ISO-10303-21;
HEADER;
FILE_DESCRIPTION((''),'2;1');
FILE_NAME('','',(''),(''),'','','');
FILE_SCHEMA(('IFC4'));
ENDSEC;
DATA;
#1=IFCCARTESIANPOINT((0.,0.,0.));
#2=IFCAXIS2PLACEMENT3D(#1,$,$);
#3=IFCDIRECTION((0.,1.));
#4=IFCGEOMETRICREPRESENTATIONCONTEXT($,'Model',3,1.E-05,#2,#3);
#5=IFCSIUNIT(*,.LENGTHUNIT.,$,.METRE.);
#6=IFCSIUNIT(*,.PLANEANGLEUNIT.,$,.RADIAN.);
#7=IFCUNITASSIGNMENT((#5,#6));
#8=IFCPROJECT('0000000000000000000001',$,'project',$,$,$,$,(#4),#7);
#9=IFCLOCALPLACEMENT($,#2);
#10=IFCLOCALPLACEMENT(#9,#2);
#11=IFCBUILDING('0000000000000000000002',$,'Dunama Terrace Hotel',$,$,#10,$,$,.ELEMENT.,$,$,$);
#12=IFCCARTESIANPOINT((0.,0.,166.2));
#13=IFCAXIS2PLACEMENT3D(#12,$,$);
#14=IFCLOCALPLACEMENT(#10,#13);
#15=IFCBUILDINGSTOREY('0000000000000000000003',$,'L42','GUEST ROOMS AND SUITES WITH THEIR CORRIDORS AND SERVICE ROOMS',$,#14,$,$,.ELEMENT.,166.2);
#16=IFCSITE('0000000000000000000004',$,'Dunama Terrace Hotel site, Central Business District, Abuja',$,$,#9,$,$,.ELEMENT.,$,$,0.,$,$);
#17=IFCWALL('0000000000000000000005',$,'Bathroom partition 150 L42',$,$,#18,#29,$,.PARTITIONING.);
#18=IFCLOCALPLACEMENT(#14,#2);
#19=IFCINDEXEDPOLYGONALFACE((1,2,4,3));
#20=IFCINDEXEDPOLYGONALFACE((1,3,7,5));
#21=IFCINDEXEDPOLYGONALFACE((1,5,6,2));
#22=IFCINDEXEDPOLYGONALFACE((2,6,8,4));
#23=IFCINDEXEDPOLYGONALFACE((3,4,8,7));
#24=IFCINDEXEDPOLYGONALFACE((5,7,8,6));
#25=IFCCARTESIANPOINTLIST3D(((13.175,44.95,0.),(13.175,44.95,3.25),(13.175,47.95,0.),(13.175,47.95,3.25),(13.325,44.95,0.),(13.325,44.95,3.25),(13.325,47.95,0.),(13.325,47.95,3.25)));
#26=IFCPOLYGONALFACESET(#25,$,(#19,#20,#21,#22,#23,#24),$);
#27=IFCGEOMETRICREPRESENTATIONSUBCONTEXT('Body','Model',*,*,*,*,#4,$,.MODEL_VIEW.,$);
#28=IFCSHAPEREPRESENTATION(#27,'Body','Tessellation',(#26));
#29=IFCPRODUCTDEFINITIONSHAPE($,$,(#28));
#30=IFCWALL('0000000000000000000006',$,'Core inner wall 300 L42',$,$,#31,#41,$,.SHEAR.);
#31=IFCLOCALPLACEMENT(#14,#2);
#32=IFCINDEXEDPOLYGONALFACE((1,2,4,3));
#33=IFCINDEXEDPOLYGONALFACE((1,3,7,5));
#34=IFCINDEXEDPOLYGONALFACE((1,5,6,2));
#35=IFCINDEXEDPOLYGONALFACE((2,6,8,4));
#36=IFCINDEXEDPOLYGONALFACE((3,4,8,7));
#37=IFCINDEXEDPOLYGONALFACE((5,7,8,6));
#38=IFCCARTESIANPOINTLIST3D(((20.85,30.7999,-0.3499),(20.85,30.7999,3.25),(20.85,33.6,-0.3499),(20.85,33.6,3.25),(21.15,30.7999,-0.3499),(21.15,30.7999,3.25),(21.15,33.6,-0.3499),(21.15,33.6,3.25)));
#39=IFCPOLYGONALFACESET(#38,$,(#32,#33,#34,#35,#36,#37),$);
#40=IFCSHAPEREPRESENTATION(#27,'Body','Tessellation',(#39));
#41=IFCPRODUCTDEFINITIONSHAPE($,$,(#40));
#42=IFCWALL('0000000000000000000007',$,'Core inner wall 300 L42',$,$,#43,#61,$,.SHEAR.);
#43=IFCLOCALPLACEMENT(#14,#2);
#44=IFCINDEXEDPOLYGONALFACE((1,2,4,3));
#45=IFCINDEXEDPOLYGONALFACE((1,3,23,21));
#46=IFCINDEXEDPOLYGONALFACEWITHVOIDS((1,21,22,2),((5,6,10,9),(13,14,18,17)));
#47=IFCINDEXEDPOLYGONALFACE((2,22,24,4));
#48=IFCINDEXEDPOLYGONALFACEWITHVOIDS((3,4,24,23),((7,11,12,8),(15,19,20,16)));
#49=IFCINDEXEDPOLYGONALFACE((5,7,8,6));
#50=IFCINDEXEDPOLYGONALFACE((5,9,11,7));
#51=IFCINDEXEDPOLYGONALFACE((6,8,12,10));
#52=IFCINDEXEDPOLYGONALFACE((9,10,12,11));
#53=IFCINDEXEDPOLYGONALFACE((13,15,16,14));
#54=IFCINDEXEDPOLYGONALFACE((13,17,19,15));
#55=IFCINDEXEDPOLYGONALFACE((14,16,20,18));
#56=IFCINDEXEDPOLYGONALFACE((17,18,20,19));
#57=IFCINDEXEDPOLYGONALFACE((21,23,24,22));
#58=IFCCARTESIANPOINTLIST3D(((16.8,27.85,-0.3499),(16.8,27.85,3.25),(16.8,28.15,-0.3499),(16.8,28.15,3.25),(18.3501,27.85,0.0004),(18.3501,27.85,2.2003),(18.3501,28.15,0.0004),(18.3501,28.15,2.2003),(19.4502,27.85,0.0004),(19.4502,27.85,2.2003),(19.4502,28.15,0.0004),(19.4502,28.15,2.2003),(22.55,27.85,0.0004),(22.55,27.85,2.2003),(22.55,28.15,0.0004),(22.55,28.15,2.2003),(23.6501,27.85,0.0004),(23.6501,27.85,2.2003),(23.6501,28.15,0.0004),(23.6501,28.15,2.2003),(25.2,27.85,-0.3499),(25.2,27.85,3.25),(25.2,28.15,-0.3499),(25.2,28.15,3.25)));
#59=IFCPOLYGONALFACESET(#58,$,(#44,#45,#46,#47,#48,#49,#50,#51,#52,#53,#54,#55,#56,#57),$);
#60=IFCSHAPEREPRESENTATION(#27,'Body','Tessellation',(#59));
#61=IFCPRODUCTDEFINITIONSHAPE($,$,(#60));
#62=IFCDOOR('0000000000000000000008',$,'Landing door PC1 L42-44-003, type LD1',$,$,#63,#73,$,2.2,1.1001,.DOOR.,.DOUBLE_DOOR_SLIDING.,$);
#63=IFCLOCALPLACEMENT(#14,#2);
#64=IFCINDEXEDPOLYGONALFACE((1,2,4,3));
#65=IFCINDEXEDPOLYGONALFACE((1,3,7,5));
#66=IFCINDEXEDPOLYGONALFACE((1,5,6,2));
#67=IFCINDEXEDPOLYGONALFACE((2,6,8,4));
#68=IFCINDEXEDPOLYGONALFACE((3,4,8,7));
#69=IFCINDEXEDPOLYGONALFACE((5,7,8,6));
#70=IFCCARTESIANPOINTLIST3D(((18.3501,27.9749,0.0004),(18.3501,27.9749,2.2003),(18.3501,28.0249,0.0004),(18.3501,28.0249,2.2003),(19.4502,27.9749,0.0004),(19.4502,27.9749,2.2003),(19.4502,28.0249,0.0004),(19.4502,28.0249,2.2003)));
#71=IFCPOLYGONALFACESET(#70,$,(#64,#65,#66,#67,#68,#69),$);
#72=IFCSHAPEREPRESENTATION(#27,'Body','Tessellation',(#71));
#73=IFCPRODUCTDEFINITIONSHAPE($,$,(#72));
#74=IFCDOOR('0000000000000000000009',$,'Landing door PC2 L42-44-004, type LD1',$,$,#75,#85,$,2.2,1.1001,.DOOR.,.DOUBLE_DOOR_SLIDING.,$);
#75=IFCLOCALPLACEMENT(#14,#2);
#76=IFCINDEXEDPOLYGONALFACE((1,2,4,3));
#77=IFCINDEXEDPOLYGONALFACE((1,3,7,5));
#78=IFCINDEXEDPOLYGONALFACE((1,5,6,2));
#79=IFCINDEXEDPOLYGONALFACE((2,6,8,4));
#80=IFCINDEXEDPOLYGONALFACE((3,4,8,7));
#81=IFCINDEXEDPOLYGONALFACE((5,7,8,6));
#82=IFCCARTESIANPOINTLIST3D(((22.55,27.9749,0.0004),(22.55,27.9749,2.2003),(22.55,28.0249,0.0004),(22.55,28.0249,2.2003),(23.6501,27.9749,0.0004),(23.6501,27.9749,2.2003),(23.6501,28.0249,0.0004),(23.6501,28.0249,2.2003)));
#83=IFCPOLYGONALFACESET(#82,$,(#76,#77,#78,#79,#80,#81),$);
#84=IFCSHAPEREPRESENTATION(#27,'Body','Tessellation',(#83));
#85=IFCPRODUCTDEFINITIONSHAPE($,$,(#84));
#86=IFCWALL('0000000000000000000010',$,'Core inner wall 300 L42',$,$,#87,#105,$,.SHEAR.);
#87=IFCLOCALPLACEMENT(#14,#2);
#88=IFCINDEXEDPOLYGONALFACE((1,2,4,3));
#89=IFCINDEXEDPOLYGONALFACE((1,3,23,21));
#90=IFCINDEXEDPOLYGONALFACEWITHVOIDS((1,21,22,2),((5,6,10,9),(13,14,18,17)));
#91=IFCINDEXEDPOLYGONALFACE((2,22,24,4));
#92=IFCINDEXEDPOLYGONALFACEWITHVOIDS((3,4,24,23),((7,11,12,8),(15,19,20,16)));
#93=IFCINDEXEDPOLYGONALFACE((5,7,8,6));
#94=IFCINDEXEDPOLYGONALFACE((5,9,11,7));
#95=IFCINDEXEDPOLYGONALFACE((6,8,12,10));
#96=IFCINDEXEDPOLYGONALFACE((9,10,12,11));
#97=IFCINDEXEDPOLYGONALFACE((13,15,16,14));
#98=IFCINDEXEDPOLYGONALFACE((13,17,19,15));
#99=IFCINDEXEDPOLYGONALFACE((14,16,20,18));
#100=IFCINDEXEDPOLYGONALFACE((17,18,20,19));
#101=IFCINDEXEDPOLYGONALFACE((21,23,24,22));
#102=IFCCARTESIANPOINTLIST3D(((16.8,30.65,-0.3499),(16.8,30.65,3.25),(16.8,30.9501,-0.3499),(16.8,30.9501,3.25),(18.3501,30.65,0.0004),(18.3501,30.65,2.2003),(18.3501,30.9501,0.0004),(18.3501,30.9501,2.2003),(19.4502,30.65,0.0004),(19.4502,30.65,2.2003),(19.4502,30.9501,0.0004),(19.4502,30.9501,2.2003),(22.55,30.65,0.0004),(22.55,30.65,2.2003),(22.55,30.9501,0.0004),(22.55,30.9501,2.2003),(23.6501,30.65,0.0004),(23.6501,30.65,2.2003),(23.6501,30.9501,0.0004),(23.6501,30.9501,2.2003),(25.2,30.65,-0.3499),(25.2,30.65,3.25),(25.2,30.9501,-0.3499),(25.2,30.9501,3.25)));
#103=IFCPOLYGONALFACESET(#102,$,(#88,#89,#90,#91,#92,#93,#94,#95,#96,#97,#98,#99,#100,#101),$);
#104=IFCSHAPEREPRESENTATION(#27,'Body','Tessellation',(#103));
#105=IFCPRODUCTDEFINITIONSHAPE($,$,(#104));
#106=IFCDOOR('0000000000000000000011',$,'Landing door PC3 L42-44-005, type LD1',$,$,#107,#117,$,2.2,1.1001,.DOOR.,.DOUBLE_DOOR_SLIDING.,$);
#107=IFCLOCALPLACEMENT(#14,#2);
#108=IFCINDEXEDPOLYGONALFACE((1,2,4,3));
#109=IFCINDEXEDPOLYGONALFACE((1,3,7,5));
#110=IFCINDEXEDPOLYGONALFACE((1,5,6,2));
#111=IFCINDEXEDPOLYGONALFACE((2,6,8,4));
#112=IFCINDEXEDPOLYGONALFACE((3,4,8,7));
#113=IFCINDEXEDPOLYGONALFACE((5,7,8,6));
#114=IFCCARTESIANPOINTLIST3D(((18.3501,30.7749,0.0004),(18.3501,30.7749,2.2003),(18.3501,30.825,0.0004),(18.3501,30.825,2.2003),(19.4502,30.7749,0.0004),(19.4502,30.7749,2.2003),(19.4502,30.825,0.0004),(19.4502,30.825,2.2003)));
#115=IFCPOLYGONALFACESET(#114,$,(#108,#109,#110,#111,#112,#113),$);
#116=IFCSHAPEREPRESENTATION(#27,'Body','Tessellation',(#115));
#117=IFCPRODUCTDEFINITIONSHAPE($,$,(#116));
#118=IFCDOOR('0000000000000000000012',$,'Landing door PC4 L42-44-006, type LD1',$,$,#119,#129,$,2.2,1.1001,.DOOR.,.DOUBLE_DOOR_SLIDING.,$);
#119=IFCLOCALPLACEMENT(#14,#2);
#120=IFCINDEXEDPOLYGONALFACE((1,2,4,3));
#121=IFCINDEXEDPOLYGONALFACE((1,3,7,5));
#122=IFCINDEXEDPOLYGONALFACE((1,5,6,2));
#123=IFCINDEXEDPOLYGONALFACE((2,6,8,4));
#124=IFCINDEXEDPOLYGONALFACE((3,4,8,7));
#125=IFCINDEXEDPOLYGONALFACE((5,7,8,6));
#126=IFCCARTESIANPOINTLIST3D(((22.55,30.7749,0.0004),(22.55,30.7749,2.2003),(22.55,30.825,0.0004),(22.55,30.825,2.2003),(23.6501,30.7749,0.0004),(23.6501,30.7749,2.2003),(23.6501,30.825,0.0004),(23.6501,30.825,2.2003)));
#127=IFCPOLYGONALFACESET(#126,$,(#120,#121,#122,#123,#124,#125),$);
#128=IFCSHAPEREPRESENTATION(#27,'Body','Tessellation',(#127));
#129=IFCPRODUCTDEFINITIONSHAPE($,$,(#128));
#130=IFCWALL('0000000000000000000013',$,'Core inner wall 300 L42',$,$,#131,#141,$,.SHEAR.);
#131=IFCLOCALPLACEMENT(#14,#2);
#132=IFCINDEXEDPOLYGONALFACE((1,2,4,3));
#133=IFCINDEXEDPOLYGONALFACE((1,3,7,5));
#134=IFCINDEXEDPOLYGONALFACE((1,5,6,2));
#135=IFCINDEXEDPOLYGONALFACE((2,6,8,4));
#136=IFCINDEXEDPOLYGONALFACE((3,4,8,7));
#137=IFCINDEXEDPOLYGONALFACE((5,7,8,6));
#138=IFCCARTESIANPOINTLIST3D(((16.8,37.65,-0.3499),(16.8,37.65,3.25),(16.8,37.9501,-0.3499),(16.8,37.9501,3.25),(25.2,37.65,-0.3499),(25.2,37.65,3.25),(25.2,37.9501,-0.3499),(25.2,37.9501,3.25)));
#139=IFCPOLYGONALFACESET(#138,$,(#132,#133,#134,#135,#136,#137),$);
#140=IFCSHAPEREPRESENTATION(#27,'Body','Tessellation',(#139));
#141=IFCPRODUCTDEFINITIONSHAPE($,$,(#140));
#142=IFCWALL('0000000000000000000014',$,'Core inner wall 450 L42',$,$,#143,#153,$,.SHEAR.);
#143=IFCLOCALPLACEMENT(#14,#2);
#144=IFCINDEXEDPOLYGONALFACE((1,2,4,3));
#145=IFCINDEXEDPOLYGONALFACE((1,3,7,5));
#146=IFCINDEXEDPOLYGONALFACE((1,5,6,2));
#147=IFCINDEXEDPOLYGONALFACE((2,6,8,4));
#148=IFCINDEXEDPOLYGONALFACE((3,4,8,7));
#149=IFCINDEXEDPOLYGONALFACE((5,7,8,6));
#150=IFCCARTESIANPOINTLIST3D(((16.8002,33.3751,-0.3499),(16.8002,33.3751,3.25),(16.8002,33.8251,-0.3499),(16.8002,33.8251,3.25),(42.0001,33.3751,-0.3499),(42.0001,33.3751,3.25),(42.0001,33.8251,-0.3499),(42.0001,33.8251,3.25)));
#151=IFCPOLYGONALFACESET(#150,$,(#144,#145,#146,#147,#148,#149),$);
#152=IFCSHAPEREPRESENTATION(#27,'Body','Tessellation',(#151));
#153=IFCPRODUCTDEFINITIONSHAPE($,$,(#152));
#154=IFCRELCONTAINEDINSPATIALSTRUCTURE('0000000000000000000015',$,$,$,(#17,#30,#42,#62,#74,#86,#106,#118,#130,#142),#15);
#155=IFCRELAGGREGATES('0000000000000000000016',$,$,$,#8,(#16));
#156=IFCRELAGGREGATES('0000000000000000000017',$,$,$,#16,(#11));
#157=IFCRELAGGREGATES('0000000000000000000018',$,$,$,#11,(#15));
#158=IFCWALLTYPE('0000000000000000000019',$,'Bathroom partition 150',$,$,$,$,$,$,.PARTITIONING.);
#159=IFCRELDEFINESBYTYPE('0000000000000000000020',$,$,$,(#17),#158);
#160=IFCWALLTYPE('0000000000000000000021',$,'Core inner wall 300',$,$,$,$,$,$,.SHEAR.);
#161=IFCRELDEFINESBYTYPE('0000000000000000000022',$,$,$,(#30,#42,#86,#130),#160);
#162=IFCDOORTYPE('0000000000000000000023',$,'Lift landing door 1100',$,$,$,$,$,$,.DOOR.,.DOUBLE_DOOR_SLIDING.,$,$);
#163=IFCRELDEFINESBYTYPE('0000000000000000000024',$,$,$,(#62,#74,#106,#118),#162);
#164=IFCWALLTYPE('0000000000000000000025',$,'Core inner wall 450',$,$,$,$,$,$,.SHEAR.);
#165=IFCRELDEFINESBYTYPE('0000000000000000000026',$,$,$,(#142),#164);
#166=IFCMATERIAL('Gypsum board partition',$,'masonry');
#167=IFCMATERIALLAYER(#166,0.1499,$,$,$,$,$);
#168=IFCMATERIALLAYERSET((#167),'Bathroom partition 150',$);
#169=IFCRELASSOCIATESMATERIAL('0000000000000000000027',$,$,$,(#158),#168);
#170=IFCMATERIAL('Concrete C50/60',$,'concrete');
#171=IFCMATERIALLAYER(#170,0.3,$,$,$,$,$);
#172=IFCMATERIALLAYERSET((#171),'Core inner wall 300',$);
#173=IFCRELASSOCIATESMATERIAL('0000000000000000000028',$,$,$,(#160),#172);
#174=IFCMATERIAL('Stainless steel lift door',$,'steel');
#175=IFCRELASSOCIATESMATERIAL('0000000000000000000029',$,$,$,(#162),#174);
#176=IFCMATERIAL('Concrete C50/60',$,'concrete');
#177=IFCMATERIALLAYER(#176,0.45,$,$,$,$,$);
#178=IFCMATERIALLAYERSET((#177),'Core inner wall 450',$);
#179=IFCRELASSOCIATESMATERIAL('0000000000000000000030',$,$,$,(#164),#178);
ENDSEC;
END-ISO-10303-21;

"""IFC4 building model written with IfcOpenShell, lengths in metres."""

from ifc_helpers import new_model, si_unit, direction, frame, frame_2d, origin, place, context, subcontext, project, spatial, rectangle, extrude, material, layer, layer_set, type_object, element, fill, save


model = new_model("IFC4")

# Units and contexts
model_context = context("Model", 3, precision=1e-05, world=origin(), true_north=direction((0.0, 1.0)))
body_context = subcontext(model_context, "Body", "Model", "MODEL_VIEW")
ifc_project = project(units=[si_unit("LENGTHUNIT", "METRE"), si_unit("PLANEANGLEUNIT", "RADIAN")], contexts=[model_context])

# Site, building, storey
site_placement = place(None, origin())
site = spatial("IfcSite", under=ifc_project, at=site_placement, Name="Dunama Terrace Hotel site, Central Business District, Abuja", CompositionType="ELEMENT", RefElevation=0.0)
building_placement = place(site_placement, origin())
building = spatial("IfcBuilding", under=site, at=building_placement, Name="Dunama Terrace Hotel", CompositionType="ELEMENT")
storey_placement = place(building_placement, frame((0.0, 0.0, 166.2)))
storey = spatial("IfcBuildingStorey", under=building, at=storey_placement, Name="L42", Description="GUEST ROOMS AND SUITES WITH THEIR CORRIDORS AND SERVICE ROOMS", CompositionType="ELEMENT", Elevation=166.2)

# Walls
ifc_material_1 = material(Name="Gypsum board partition", Category="masonry")
ifc_layer_1 = layer(ifc_material_1, 0.1499)
ifc_layer_set_1 = layer_set([ifc_layer_1], Name="Bathroom partition 150")
wall_type_1 = type_object("IfcWallType", Name="Bathroom partition 150", PredefinedType="PARTITIONING", material=ifc_layer_set_1)
wall_1_placement = place(storey_placement, frame((13.25, 44.95, 0.0), z_axis=(0.0, 0.0, 1.0), x_axis=(0.0, 1.0, 0.0)))
element("IfcWall", 1, at=wall_1_placement, inside=storey, type_object=wall_type_1, Name="Bathroom partition 150 L42", PredefinedType="PARTITIONING", context=body_context, shape_type="SweptSolid", body=[
    extrude(rectangle(XDim=3.0, YDim=0.1499, at=frame_2d((1.5, 0.0))), origin(), (0.0, 0.0, 1.0), 3.25),
])
ifc_material_2 = material(Name="Concrete C50/60", Category="concrete")
ifc_layer_2 = layer(ifc_material_2, 0.3)
ifc_layer_set_2 = layer_set([ifc_layer_2], Name="Core inner wall 300")
wall_type_2 = type_object("IfcWallType", Name="Core inner wall 300", PredefinedType="SHEAR", material=ifc_layer_set_2)
wall_2_placement = place(storey_placement, frame((21.0, 30.8, -0.3499), z_axis=(0.0, 0.0, 1.0), x_axis=(0.0, 1.0, 0.0)))
element("IfcWall", 2, at=wall_2_placement, inside=storey, type_object=wall_type_2, Name="Core inner wall 300 L42", PredefinedType="SHEAR", context=body_context, shape_type="SweptSolid", body=[
    extrude(rectangle(XDim=2.8, YDim=0.3, at=frame_2d((1.3999, 0.0))), origin(), (0.0, 0.0, 1.0), 3.5999),
])

# Walls, openings, doors
wall_3_placement = place(storey_placement, frame((16.8, 28.0, -0.3499), z_axis=(0.0, 0.0, 1.0), x_axis=(1.0, 0.0, 0.0)))
wall_3 = element("IfcWall", 3, at=wall_3_placement, inside=storey, type_object=wall_type_2, Name="Core inner wall 300 L42", PredefinedType="SHEAR", context=body_context, shape_type="SweptSolid", body=[
    extrude(rectangle(XDim=8.3999, YDim=0.3, at=frame_2d((4.2, 0.0))), origin(), (0.0, 0.0, 1.0), 3.5999),
])
opening_1_placement = place(wall_3_placement, frame((1.55, 0.0, 0.3501)))
opening_1 = element("IfcOpeningElement", 4, at=opening_1_placement, cuts=wall_3, PredefinedType="OPENING", context=body_context, shape_type="SweptSolid", body=[
    extrude(rectangle(XDim=1.1001, YDim=2.2, at=frame_2d((0.55, 1.1001))), frame((0.0, 0.1599, 0.0), z_axis=(0.0, -1.0, 0.0), x_axis=(1.0, 0.0, 0.0)), (0.0, 0.0, 1.0), 0.3201),
])
opening_2_placement = place(wall_3_placement, frame((5.75, 0.0, 0.3501)))
opening_2 = element("IfcOpeningElement", 5, at=opening_2_placement, cuts=wall_3, PredefinedType="OPENING", context=body_context, shape_type="SweptSolid", body=[
    extrude(rectangle(XDim=1.1001, YDim=2.2, at=frame_2d((0.55, 1.1001))), frame((0.0, 0.1599, 0.0), z_axis=(0.0, -1.0, 0.0), x_axis=(1.0, 0.0, 0.0)), (0.0, 0.0, 1.0), 0.3201),
])
ifc_material_3 = material(Name="Stainless steel lift door", Category="steel")
door_type_1 = type_object("IfcDoorType", Name="Lift landing door 1100", OperationType="DOUBLE_DOOR_SLIDING", PredefinedType="DOOR", material=ifc_material_3)
door_1_placement = place(opening_1_placement, origin())
door_1 = element("IfcDoor", 6, at=door_1_placement, inside=storey, type_object=door_type_1, Name="Landing door PC1 L42-44-003, type LD1", OperationType="DOUBLE_DOOR_SLIDING", OverallHeight=2.2, OverallWidth=1.1001, PredefinedType="DOOR", context=body_context, shape_type="SweptSolid", body=[
    extrude(rectangle(XDim=1.1001, YDim=2.2, at=frame_2d((0.55, 1.1001))), frame((0.0, 0.0249, 0.0), z_axis=(0.0, -1.0, 0.0), x_axis=(1.0, 0.0, 0.0)), (0.0, 0.0, 1.0), 0.05),
])
fill(opening_1, door_1)
door_2_placement = place(opening_2_placement, origin())
door_2 = element("IfcDoor", 7, at=door_2_placement, inside=storey, type_object=door_type_1, Name="Landing door PC2 L42-44-004, type LD1", OperationType="DOUBLE_DOOR_SLIDING", OverallHeight=2.2, OverallWidth=1.1001, PredefinedType="DOOR", context=body_context, shape_type="SweptSolid", body=[
    extrude(rectangle(XDim=1.1001, YDim=2.2, at=frame_2d((0.55, 1.1001))), frame((0.0, 0.0249, 0.0), z_axis=(0.0, -1.0, 0.0), x_axis=(1.0, 0.0, 0.0)), (0.0, 0.0, 1.0), 0.05),
])
fill(opening_2, door_2)
wall_4_placement = place(storey_placement, frame((16.8, 30.8, -0.3499), z_axis=(0.0, 0.0, 1.0), x_axis=(1.0, 0.0, 0.0)))
wall_4 = element("IfcWall", 8, at=wall_4_placement, inside=storey, type_object=wall_type_2, Name="Core inner wall 300 L42", PredefinedType="SHEAR", context=body_context, shape_type="SweptSolid", body=[
    extrude(rectangle(XDim=8.3999, YDim=0.3, at=frame_2d((4.2, 0.0))), origin(), (0.0, 0.0, 1.0), 3.5999),
])
opening_3_placement = place(wall_4_placement, frame((1.55, 0.0, 0.3501)))
opening_3 = element("IfcOpeningElement", 9, at=opening_3_placement, cuts=wall_4, PredefinedType="OPENING", context=body_context, shape_type="SweptSolid", body=[
    extrude(rectangle(XDim=1.1001, YDim=2.2, at=frame_2d((0.55, 1.1001))), frame((0.0, 0.1599, 0.0), z_axis=(0.0, -1.0, 0.0), x_axis=(1.0, 0.0, 0.0)), (0.0, 0.0, 1.0), 0.3201),
])
opening_4_placement = place(wall_4_placement, frame((5.75, 0.0, 0.3501)))
opening_4 = element("IfcOpeningElement", 10, at=opening_4_placement, cuts=wall_4, PredefinedType="OPENING", context=body_context, shape_type="SweptSolid", body=[
    extrude(rectangle(XDim=1.1001, YDim=2.2, at=frame_2d((0.55, 1.1001))), frame((0.0, 0.1599, 0.0), z_axis=(0.0, -1.0, 0.0), x_axis=(1.0, 0.0, 0.0)), (0.0, 0.0, 1.0), 0.3201),
])
door_3_placement = place(opening_3_placement, origin())
door_3 = element("IfcDoor", 11, at=door_3_placement, inside=storey, type_object=door_type_1, Name="Landing door PC3 L42-44-005, type LD1", OperationType="DOUBLE_DOOR_SLIDING", OverallHeight=2.2, OverallWidth=1.1001, PredefinedType="DOOR", context=body_context, shape_type="SweptSolid", body=[
    extrude(rectangle(XDim=1.1001, YDim=2.2, at=frame_2d((0.55, 1.1001))), frame((0.0, 0.0249, 0.0), z_axis=(0.0, -1.0, 0.0), x_axis=(1.0, 0.0, 0.0)), (0.0, 0.0, 1.0), 0.05),
])
fill(opening_3, door_3)
door_4_placement = place(opening_4_placement, origin())
door_4 = element("IfcDoor", 12, at=door_4_placement, inside=storey, type_object=door_type_1, Name="Landing door PC4 L42-44-006, type LD1", OperationType="DOUBLE_DOOR_SLIDING", OverallHeight=2.2, OverallWidth=1.1001, PredefinedType="DOOR", context=body_context, shape_type="SweptSolid", body=[
    extrude(rectangle(XDim=1.1001, YDim=2.2, at=frame_2d((0.55, 1.1001))), frame((0.0, 0.0249, 0.0), z_axis=(0.0, -1.0, 0.0), x_axis=(1.0, 0.0, 0.0)), (0.0, 0.0, 1.0), 0.05),
])
fill(opening_4, door_4)

# Walls
wall_5_placement = place(storey_placement, frame((16.8, 37.8, -0.3499), z_axis=(0.0, 0.0, 1.0), x_axis=(1.0, 0.0, 0.0)))
element("IfcWall", 13, at=wall_5_placement, inside=storey, type_object=wall_type_2, Name="Core inner wall 300 L42", PredefinedType="SHEAR", context=body_context, shape_type="SweptSolid", body=[
    extrude(rectangle(XDim=8.3999, YDim=0.3, at=frame_2d((4.2, 0.0))), origin(), (0.0, 0.0, 1.0), 3.5999),
])
ifc_material_4 = material(Name="Concrete C50/60", Category="concrete")
ifc_layer_3 = layer(ifc_material_4, 0.45)
ifc_layer_set_3 = layer_set([ifc_layer_3], Name="Core inner wall 450")
wall_type_3 = type_object("IfcWallType", Name="Core inner wall 450", PredefinedType="SHEAR", material=ifc_layer_set_3)
wall_6_placement = place(storey_placement, frame((16.8, 33.6001, -0.3499), z_axis=(0.0, 0.0, 1.0), x_axis=(1.0, 0.0, 0.0)))
element("IfcWall", 14, at=wall_6_placement, inside=storey, type_object=wall_type_3, Name="Core inner wall 450 L42", PredefinedType="SHEAR", context=body_context, shape_type="SweptSolid", body=[
    extrude(rectangle(XDim=25.2, YDim=0.45, at=frame_2d((12.6001, 0.0))), origin(), (0.0, 0.0, 1.0), 3.5999),
])

save(model, "model.ifc")
